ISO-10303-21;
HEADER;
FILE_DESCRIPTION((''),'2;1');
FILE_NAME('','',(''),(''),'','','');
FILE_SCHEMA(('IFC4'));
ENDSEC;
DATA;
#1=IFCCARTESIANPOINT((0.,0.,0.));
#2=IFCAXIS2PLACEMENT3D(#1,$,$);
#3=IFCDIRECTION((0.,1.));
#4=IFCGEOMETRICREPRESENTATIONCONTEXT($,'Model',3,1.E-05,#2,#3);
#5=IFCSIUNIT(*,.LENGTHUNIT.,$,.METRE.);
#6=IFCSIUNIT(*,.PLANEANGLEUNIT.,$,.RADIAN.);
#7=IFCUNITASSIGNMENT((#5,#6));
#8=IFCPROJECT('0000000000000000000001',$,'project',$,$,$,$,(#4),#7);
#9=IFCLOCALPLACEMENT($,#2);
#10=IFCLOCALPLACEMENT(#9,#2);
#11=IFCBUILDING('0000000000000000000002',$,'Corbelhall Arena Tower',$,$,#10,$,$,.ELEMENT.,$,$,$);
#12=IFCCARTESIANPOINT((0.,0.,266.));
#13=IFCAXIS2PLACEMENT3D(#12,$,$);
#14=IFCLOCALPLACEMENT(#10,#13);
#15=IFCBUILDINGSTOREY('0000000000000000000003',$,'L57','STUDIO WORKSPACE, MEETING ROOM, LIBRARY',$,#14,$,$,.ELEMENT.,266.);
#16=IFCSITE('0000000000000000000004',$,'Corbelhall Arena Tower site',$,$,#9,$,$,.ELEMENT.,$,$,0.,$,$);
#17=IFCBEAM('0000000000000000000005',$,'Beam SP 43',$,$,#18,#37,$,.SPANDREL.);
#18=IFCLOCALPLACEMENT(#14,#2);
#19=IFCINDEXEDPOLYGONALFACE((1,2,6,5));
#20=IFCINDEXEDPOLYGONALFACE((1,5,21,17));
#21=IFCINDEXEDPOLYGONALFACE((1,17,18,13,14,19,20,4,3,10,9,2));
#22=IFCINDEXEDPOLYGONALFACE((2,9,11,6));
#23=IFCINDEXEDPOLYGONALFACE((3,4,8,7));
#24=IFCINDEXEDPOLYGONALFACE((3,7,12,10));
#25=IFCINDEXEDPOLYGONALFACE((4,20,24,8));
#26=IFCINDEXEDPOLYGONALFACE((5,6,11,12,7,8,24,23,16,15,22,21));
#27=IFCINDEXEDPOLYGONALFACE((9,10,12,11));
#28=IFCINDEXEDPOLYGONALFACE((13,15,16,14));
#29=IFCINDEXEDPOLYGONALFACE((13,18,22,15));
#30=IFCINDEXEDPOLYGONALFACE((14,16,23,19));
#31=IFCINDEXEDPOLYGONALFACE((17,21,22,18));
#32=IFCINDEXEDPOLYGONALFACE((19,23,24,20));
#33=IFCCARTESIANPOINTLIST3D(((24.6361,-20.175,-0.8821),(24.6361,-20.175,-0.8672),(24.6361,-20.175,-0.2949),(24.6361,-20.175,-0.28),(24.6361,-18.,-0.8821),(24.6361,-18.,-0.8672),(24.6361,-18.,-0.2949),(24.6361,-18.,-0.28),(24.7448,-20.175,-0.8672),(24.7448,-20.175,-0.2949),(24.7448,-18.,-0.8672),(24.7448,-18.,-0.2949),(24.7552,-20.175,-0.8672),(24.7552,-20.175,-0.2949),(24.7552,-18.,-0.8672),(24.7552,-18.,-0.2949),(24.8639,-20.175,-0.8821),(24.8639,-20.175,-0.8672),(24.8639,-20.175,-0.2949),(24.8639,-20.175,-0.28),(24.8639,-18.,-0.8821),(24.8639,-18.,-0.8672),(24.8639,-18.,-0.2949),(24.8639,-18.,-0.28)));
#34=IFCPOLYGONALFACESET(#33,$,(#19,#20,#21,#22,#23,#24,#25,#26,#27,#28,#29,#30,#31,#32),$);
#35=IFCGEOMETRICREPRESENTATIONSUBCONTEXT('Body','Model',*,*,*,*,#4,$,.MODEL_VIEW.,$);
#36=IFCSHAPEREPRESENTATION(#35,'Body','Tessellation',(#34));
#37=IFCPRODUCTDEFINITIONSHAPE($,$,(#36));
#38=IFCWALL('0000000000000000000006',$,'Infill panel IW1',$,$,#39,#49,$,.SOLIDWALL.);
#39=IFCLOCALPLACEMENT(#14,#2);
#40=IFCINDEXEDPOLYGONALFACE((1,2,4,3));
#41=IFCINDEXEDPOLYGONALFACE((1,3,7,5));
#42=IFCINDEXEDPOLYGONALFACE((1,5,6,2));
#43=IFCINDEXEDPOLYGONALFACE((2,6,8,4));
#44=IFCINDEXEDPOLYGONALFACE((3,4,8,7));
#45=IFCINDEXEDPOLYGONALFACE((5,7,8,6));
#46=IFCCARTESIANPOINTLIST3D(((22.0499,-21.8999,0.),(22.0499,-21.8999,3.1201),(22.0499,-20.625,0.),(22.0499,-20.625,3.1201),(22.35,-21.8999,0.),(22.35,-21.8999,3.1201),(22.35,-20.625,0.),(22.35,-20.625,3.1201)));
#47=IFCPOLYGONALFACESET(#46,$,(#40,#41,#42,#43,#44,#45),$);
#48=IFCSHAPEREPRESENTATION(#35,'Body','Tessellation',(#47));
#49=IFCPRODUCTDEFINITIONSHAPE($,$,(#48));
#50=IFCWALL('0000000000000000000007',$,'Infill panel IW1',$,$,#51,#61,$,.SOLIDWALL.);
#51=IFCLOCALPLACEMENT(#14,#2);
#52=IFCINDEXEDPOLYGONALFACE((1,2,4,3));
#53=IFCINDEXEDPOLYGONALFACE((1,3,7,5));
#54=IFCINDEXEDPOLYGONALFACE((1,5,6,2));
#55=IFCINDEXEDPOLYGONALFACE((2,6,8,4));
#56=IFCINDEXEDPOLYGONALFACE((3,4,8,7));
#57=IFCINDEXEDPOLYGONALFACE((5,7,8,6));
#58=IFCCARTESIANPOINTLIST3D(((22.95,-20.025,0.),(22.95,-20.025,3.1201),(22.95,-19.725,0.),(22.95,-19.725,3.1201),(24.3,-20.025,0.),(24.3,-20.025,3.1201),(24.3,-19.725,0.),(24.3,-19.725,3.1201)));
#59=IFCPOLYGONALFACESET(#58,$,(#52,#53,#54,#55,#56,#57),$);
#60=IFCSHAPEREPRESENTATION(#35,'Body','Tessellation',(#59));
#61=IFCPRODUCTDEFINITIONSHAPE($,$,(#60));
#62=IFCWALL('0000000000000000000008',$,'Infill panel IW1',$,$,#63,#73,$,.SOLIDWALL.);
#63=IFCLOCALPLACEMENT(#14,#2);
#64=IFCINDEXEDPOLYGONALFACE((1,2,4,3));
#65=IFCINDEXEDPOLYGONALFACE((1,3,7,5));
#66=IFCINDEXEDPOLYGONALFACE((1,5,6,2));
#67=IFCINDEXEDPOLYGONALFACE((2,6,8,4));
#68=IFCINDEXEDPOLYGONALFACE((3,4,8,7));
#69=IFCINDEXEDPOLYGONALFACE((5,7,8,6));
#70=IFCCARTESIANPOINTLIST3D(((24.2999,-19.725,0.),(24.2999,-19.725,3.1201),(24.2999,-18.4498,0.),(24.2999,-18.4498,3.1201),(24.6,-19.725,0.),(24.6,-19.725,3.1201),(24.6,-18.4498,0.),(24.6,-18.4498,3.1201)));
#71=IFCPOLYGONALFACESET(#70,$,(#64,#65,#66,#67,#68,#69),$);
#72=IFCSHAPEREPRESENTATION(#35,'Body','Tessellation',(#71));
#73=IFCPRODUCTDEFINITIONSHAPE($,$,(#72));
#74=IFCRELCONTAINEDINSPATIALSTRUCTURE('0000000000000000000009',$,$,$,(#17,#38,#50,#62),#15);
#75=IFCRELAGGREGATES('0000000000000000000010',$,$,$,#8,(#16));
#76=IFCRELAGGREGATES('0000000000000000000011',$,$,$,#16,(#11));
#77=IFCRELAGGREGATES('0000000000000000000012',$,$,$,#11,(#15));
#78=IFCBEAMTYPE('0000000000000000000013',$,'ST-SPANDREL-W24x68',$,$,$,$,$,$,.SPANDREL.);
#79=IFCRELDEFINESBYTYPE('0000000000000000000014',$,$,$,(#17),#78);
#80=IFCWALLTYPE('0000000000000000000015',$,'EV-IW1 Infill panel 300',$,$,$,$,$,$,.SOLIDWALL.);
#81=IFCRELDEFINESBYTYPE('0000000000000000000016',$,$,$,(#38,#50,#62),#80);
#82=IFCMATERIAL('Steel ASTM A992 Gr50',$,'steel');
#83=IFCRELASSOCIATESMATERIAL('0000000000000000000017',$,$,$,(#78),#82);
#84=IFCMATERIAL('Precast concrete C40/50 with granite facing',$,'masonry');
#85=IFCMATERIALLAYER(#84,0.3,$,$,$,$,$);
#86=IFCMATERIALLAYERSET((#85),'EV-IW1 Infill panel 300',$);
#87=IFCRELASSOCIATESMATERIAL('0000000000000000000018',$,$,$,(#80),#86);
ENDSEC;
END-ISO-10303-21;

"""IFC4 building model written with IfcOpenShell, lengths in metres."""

from ifc_helpers import new_model, si_unit, direction, frame, frame_2d, origin, origin_2d, place, context, subcontext, project, spatial, rectangle, i_section, extrude, material, layer, layer_set, material_profile, profile_set, type_object, element, save


model = new_model("IFC4")

# Units and contexts
model_context = context("Model", 3, precision=1e-05, world=origin(), true_north=direction((0.0, 1.0)))
body_context = subcontext(model_context, "Body", "Model", "MODEL_VIEW")
ifc_project = project(units=[si_unit("LENGTHUNIT", "METRE"), si_unit("PLANEANGLEUNIT", "RADIAN")], contexts=[model_context])

# Site, building, storey
site_placement = place(None, origin())
site = spatial("IfcSite", under=ifc_project, at=site_placement, Name="Corbelhall Arena Tower site", CompositionType="ELEMENT", RefElevation=0.0)
building_placement = place(site_placement, origin())
building = spatial("IfcBuilding", under=site, at=building_placement, Name="Corbelhall Arena Tower", CompositionType="ELEMENT")
storey_placement = place(building_placement, frame((0.0, 0.0, 266.0)))
storey = spatial("IfcBuildingStorey", under=building, at=storey_placement, Name="L57", Description="STUDIO WORKSPACE, MEETING ROOM, LIBRARY", CompositionType="ELEMENT", Elevation=266.0)

# Beam
ifc_material_1 = material(Name="Steel ASTM A992 Gr50", Category="steel")
ifc_material_profile_1 = material_profile(ifc_material_1, i_section(OverallWidth=0.2278, OverallDepth=0.6021, WebThickness=0.0105, FlangeThickness=0.0149, at=origin_2d()))
ifc_profile_set_1 = profile_set([ifc_material_profile_1], Name="Steel ASTM A992 Gr50")
beam_type = type_object("IfcBeamType", Name="ST-SPANDREL-W24x68", PredefinedType="SPANDREL", material=ifc_profile_set_1)
beam_1_placement = place(storey_placement, frame((24.75, -18.0, -0.5811), z_axis=(0.0, -1.0, 0.0), x_axis=(1.0, 0.0, 0.0)))
element("IfcBeam", 1, at=beam_1_placement, inside=storey, type_object=beam_type, Name="Beam SP 43", PredefinedType="SPANDREL", context=body_context, shape_type="SweptSolid", body=[
    extrude(i_section(OverallWidth=0.2278, OverallDepth=0.6021, WebThickness=0.0105, FlangeThickness=0.0149, at=origin_2d()), origin(), (0.0, 0.0, 1.0), 2.175),
])

# Shared definitions
ifc_material_2 = material(Name="Precast concrete C40/50 with granite facing", Category="masonry")
ifc_layer_1 = layer(ifc_material_2, 0.3)
ifc_layer_set_1 = layer_set([ifc_layer_1], Name="EV-IW1 Infill panel 300")
wall_type_1 = type_object("IfcWallType", Name="EV-IW1 Infill panel 300", PredefinedType="SOLIDWALL", material=ifc_layer_set_1)

# Walls
wall_1_placement = place(storey_placement, frame((22.2, -21.8999, 0.0), z_axis=(0.0, 0.0, 1.0), x_axis=(0.0, 1.0, 0.0)))
element("IfcWall", 2, at=wall_1_placement, inside=storey, type_object=wall_type_1, Name="Infill panel IW1", PredefinedType="SOLIDWALL", context=body_context, shape_type="SweptSolid", body=[
    extrude(rectangle(XDim=1.2749, YDim=0.3, at=frame_2d((0.6375, 0.0))), origin(), (0.0, 0.0, 1.0), 3.1201),
])
wall_2_placement = place(storey_placement, frame((22.95, -19.875, 0.0), z_axis=(0.0, 0.0, 1.0), x_axis=(1.0, 0.0, 0.0)))
element("IfcWall", 3, at=wall_2_placement, inside=storey, type_object=wall_type_1, Name="Infill panel IW1", PredefinedType="SOLIDWALL", context=body_context, shape_type="SweptSolid", body=[
    extrude(rectangle(XDim=1.3501, YDim=0.3, at=frame_2d((0.675, 0.0))), origin(), (0.0, 0.0, 1.0), 3.1201),
])
wall_3_placement = place(storey_placement, frame((24.45, -19.7251, 0.0), z_axis=(0.0, 0.0, 1.0), x_axis=(0.0, 1.0, 0.0)))
element("IfcWall", 4, at=wall_3_placement, inside=storey, type_object=wall_type_1, Name="Infill panel IW1", PredefinedType="SOLIDWALL", context=body_context, shape_type="SweptSolid", body=[
    extrude(rectangle(XDim=1.2751, YDim=0.3, at=frame_2d((0.6377, 0.0))), origin(), (0.0, 0.0, 1.0), 3.1201),
])

save(model, "model.ifc")
